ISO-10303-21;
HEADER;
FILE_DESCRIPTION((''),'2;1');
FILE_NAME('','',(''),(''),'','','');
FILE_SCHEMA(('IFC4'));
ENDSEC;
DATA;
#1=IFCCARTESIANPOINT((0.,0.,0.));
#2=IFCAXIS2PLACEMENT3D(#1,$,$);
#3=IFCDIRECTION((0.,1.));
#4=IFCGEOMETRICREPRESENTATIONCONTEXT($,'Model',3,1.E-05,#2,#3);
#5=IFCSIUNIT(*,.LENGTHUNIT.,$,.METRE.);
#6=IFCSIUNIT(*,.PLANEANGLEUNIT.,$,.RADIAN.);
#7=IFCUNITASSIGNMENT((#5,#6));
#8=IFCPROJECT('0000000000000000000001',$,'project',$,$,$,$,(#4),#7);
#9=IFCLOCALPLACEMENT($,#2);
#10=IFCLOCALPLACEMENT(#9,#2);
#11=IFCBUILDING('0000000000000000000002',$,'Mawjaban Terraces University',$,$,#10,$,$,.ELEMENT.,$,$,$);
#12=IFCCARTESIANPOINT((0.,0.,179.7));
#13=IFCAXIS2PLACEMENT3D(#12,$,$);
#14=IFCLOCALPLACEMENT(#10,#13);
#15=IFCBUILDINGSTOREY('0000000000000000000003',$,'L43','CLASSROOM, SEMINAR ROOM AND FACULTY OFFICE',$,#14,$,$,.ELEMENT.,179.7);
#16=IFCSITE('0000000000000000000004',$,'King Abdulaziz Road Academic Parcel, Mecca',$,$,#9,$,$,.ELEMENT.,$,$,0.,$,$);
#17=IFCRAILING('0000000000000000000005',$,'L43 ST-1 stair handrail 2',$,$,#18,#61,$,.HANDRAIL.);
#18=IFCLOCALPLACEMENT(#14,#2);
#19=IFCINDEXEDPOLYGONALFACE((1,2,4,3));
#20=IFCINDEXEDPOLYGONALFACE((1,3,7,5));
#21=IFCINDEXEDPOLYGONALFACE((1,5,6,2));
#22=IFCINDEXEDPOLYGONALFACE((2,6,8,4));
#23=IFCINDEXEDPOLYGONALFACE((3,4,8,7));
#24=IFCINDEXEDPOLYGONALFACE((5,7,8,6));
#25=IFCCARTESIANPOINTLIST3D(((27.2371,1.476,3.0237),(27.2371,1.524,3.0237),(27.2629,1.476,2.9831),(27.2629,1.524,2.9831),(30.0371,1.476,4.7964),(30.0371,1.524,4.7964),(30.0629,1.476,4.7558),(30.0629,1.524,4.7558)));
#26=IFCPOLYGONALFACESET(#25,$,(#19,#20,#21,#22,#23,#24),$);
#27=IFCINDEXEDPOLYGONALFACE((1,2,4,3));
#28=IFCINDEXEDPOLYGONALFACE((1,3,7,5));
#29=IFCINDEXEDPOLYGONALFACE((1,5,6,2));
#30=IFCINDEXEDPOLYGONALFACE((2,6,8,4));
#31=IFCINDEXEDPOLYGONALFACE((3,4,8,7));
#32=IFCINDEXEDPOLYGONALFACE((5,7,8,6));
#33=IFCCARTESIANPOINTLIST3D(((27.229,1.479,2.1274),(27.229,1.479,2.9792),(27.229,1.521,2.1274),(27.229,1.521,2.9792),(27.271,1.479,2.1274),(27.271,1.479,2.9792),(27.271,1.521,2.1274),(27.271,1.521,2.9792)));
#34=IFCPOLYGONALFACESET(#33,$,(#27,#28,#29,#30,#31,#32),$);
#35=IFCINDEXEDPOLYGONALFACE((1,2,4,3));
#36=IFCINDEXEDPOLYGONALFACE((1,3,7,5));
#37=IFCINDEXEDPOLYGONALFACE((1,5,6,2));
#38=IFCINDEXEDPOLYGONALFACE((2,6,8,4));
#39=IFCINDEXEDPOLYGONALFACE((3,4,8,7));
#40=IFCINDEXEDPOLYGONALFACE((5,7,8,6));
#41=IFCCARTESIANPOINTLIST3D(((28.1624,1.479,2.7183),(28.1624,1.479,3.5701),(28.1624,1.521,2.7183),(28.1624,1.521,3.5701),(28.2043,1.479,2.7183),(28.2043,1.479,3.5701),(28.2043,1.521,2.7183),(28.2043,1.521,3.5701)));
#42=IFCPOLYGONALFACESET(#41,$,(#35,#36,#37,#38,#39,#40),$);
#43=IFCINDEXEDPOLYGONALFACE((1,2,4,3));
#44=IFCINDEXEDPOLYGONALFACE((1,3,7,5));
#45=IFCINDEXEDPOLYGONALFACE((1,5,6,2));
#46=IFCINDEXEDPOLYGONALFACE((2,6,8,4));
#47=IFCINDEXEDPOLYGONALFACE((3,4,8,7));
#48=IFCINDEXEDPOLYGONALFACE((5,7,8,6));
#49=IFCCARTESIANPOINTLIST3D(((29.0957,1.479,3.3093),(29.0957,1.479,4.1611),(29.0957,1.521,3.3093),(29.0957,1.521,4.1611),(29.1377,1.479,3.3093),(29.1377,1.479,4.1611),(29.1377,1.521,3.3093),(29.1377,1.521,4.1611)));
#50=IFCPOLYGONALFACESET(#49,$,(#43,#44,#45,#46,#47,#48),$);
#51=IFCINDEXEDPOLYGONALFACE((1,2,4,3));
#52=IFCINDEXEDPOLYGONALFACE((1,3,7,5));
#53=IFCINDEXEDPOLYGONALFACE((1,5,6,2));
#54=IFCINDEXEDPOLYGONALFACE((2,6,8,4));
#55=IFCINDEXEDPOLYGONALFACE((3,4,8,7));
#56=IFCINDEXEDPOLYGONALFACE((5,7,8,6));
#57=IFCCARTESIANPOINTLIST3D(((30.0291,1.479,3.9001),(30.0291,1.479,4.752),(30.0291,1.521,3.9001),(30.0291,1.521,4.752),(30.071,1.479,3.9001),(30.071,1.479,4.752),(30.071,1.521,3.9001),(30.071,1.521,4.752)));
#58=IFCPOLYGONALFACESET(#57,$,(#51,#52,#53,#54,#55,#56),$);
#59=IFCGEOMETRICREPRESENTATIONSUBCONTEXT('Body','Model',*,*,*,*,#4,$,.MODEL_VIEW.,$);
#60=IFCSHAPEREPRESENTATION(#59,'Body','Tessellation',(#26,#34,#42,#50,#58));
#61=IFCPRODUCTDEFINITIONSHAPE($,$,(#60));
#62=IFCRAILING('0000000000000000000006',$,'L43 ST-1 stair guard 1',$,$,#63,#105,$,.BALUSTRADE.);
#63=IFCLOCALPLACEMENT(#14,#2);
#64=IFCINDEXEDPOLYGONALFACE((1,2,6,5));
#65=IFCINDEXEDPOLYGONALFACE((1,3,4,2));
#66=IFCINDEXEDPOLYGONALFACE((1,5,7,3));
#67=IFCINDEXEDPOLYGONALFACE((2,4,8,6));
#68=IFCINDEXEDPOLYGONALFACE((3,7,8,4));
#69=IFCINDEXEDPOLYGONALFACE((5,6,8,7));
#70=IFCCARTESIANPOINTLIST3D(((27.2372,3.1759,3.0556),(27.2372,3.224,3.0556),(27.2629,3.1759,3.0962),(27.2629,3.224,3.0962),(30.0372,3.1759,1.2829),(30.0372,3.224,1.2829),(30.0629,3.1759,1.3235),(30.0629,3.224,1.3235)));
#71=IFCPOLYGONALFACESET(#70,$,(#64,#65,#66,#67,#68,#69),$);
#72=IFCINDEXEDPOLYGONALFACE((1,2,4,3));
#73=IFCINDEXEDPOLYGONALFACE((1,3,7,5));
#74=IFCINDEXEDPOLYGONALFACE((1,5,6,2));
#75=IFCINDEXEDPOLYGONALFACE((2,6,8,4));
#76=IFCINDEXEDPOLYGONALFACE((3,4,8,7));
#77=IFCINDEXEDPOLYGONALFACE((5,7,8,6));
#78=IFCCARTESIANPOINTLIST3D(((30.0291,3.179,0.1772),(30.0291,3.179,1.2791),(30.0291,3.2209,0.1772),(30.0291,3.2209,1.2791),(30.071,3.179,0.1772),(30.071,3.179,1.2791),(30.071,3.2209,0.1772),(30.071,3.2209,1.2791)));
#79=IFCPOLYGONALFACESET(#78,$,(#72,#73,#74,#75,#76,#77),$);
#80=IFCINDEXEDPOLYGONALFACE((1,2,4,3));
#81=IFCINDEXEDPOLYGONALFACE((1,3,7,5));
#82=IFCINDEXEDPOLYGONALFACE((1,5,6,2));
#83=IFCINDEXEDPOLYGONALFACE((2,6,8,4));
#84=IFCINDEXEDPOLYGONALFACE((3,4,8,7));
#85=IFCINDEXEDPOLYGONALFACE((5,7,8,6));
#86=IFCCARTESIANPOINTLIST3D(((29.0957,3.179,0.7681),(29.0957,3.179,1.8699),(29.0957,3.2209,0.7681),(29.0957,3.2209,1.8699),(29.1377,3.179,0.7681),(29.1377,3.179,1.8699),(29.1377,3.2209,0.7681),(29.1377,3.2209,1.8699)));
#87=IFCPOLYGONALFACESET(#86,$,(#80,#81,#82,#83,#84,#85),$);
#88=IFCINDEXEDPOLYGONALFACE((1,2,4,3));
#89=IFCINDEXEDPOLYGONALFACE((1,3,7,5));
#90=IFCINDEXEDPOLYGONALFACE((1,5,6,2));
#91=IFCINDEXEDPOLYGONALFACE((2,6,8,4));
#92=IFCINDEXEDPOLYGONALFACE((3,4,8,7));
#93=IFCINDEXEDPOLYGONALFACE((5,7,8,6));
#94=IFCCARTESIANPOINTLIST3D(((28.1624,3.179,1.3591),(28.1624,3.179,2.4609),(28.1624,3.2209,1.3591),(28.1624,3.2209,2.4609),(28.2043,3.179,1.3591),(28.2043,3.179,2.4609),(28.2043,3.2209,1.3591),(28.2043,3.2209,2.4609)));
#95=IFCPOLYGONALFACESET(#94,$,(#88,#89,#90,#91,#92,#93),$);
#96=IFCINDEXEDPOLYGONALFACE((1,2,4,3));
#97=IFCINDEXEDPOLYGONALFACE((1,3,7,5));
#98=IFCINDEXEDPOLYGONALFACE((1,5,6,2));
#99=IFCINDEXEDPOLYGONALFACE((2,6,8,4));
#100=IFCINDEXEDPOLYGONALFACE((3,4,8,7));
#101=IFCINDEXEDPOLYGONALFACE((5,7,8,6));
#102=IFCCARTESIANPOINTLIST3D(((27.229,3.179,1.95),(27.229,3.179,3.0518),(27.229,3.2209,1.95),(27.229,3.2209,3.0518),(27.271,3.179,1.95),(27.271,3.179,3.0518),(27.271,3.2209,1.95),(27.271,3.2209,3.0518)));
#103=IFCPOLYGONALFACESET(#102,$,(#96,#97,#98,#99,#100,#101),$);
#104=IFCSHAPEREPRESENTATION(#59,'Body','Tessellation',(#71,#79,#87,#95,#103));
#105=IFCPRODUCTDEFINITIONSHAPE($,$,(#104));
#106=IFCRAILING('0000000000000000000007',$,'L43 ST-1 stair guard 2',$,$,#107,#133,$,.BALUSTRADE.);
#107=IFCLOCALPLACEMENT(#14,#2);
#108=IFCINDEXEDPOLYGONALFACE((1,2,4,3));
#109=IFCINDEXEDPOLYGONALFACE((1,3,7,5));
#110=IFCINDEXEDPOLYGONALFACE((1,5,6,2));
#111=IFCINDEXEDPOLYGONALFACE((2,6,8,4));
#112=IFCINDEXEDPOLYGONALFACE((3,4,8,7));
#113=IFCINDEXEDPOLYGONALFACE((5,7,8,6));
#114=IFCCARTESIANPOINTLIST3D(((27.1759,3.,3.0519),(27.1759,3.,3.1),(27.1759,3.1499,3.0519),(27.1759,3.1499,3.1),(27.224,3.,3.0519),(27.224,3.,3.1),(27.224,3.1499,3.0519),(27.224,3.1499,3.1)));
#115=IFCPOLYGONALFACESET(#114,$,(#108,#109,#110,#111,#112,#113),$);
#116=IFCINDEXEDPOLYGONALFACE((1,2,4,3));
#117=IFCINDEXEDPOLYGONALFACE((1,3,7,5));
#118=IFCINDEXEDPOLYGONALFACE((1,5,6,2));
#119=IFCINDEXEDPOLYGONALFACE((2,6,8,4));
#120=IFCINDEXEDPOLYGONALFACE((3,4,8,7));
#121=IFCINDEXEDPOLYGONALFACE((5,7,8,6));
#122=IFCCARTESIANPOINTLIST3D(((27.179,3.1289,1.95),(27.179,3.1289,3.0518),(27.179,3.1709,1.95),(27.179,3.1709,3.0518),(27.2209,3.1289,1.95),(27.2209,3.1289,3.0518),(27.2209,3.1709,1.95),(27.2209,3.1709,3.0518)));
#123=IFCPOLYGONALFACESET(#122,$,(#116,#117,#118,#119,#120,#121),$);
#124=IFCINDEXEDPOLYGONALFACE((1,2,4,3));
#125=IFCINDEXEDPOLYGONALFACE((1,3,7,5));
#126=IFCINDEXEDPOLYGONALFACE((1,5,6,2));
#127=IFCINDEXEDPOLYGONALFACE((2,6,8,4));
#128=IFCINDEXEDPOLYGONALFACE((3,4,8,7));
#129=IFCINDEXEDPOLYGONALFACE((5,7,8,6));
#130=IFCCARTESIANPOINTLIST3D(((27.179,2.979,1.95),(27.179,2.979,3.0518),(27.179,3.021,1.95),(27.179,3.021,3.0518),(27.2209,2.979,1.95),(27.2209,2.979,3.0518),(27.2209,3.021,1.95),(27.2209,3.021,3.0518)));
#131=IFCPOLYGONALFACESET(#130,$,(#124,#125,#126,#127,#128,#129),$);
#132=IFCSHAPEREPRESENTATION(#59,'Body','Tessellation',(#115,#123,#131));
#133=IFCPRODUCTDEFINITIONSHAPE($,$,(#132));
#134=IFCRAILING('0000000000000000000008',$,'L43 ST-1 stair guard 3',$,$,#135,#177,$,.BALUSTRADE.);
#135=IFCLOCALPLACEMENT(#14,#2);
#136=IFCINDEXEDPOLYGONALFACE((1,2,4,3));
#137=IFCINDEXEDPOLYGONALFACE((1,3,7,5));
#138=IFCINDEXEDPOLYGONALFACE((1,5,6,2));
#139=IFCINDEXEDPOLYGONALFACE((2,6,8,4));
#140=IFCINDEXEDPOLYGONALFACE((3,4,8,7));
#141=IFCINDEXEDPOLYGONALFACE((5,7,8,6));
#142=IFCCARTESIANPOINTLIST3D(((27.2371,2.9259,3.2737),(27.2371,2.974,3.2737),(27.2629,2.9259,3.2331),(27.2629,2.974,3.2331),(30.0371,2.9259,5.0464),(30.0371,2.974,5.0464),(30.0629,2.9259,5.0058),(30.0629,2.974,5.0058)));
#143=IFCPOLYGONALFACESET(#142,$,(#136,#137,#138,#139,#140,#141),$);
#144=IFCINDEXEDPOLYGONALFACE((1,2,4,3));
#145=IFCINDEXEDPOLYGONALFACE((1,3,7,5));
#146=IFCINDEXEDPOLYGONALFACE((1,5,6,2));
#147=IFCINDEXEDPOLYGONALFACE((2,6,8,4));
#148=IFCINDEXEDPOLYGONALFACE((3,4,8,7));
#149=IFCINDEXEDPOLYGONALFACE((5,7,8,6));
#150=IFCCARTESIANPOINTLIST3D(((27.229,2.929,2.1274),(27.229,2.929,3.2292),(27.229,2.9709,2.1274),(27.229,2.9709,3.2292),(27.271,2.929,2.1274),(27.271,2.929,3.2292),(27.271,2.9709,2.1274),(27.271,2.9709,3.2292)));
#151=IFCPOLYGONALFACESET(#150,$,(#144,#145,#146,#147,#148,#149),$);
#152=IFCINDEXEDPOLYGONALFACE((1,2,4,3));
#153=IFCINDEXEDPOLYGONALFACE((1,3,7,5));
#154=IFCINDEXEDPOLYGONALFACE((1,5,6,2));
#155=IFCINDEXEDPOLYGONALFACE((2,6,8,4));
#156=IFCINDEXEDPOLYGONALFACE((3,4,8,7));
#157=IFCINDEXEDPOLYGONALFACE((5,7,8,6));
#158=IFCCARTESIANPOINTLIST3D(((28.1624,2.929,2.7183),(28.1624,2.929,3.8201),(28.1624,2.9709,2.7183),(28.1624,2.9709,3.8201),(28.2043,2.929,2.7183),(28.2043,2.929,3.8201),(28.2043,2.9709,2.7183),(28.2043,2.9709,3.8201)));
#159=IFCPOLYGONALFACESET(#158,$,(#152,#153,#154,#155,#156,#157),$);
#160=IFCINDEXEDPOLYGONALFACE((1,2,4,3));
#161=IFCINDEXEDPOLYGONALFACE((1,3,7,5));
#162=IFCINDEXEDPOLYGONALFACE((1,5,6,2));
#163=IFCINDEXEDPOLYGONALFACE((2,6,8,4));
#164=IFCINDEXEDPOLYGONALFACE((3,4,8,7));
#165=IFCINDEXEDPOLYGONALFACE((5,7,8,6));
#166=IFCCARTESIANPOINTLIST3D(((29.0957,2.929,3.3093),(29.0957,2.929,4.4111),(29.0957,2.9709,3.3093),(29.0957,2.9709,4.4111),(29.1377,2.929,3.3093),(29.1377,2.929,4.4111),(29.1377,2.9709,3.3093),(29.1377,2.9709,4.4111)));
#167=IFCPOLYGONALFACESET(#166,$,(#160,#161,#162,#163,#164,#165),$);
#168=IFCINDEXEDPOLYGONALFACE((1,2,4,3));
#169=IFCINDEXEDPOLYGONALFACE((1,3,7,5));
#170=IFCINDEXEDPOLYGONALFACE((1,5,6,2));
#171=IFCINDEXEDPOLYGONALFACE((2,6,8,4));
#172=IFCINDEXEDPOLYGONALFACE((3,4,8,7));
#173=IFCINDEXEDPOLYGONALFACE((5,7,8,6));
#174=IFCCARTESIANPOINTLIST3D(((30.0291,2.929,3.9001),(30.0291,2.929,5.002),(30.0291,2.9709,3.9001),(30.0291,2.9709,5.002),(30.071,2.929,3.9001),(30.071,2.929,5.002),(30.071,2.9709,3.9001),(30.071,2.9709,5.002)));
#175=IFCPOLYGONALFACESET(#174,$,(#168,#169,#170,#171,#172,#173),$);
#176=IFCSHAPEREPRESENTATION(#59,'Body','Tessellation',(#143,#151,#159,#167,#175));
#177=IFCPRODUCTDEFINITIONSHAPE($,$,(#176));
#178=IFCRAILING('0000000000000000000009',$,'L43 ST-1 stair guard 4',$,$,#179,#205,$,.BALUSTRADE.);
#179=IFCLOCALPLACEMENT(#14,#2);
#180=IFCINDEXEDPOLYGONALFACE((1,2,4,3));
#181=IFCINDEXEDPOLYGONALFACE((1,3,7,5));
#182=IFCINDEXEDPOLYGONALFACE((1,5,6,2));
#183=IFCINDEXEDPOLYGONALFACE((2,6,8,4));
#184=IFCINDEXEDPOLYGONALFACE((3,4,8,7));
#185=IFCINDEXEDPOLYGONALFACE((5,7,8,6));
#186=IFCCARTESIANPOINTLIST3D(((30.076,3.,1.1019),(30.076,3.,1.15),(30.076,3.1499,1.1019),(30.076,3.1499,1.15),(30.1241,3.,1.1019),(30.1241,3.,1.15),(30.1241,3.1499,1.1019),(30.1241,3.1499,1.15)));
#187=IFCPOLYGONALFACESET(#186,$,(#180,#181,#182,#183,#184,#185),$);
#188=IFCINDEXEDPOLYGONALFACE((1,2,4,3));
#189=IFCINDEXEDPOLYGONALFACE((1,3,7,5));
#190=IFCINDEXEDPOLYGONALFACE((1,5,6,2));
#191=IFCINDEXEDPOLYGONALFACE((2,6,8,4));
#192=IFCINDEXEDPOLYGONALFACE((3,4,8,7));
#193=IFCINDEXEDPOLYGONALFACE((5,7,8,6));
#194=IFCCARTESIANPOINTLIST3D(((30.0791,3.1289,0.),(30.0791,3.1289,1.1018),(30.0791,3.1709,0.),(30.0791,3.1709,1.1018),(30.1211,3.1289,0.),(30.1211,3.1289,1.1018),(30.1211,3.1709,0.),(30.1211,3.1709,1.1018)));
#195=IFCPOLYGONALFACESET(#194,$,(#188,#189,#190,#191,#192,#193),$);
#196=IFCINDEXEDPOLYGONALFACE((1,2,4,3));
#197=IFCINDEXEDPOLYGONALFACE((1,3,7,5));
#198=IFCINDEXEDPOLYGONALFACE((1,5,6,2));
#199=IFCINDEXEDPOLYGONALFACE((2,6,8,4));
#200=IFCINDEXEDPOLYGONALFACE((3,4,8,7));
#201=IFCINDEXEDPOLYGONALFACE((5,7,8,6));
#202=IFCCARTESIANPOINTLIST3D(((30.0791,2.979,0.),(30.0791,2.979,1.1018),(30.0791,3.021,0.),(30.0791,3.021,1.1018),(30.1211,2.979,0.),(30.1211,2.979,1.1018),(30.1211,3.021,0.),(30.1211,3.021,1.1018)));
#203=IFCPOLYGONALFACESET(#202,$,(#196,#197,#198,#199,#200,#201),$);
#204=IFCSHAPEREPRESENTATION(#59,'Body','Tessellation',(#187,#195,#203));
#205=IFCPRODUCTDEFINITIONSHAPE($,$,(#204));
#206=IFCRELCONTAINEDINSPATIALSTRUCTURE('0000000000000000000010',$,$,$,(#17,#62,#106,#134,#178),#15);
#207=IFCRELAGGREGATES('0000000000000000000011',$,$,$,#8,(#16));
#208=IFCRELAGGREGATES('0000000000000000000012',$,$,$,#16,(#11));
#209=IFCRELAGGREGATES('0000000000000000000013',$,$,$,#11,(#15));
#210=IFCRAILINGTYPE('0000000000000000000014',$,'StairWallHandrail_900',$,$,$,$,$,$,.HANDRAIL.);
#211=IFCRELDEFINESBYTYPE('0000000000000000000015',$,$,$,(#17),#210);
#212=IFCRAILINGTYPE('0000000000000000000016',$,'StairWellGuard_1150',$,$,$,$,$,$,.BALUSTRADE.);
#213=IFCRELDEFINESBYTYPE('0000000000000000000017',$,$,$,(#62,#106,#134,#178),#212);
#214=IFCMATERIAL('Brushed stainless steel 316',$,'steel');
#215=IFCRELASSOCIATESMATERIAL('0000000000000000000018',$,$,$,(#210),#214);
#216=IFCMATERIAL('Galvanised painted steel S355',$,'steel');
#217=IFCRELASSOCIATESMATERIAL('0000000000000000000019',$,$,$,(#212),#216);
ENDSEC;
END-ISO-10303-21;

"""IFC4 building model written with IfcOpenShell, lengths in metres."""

from ifc_helpers import new_model, si_unit, direction, frame, origin, origin_2d, place, context, subcontext, project, spatial, rectangle, extrude, material, type_object, element, save


model = new_model("IFC4")

# Units and contexts
model_context = context("Model", 3, precision=1e-05, world=origin(), true_north=direction((0.0, 1.0)))
body_context = subcontext(model_context, "Body", "Model", "MODEL_VIEW")
ifc_project = project(units=[si_unit("LENGTHUNIT", "METRE"), si_unit("PLANEANGLEUNIT", "RADIAN")], contexts=[model_context])

# Site, building, storey
site_placement = place(None, origin())
site = spatial("IfcSite", under=ifc_project, at=site_placement, Name="King Abdulaziz Road Academic Parcel, Mecca", CompositionType="ELEMENT", RefElevation=0.0)
building_placement = place(site_placement, origin())
building = spatial("IfcBuilding", under=site, at=building_placement, Name="Mawjaban Terraces University", CompositionType="ELEMENT")
storey_placement = place(building_placement, frame((0.0, 0.0, 179.7)))
storey = spatial("IfcBuildingStorey", under=building, at=storey_placement, Name="L43", Description="CLASSROOM, SEMINAR ROOM AND FACULTY OFFICE", CompositionType="ELEMENT", Elevation=179.7)

# Railings
ifc_material_1 = material(Name="Brushed stainless steel 316", Category="steel")
railing_type_1 = type_object("IfcRailingType", Name="StairWallHandrail_900", PredefinedType="HANDRAIL", material=ifc_material_1)
railing_1_placement = place(storey_placement, frame((27.25, 1.5, 2.1274)))
element("IfcRailing", 1, at=railing_1_placement, inside=storey, type_object=railing_type_1, Name="L43 ST-1 stair handrail 2", PredefinedType="HANDRAIL", context=body_context, shape_type="SweptSolid", body=[
    extrude(rectangle(XDim=0.0481, YDim=0.0481, at=origin_2d()), frame((0.0, 0.0, 0.876), z_axis=(0.844909, 0.0, 0.53491), x_axis=(0.0, 1.0, 0.0)), (0.0, 0.0, 1.0), 3.314),
    extrude(rectangle(XDim=0.042, YDim=0.042, at=origin_2d()), origin(), (0.0, 0.0, 1.0), 0.8518),
    extrude(rectangle(XDim=0.042, YDim=0.042, at=origin_2d()), frame((0.9333, 0.0, 0.5908)), (0.0, 0.0, 1.0), 0.8518),
    extrude(rectangle(XDim=0.042, YDim=0.042, at=origin_2d()), frame((1.8667, 0.0, 1.1819)), (0.0, 0.0, 1.0), 0.8518),
    extrude(rectangle(XDim=0.042, YDim=0.042, at=origin_2d()), frame((2.8, 0.0, 1.7727)), (0.0, 0.0, 1.0), 0.8518),
])
ifc_material_2 = material(Name="Galvanised painted steel S355", Category="steel")
railing_type_2 = type_object("IfcRailingType", Name="StairWellGuard_1150", PredefinedType="BALUSTRADE", material=ifc_material_2)
railing_2_placement = place(storey_placement, frame((30.05, 3.2, 0.1772)))
element("IfcRailing", 2, at=railing_2_placement, inside=storey, type_object=railing_type_2, Name="L43 ST-1 stair guard 1", PredefinedType="BALUSTRADE", context=body_context, shape_type="SweptSolid", body=[
    extrude(rectangle(XDim=0.0481, YDim=0.0481, at=origin_2d()), frame((0.0, 0.0, 1.126), z_axis=(-0.844909, 0.0, 0.53491), x_axis=(0.0, -1.0, 0.0)), (0.0, 0.0, 1.0), 3.314),
    extrude(rectangle(XDim=0.042, YDim=0.042, at=origin_2d()), origin(), (0.0, 0.0, 1.0), 1.1018),
    extrude(rectangle(XDim=0.042, YDim=0.042, at=origin_2d()), frame((-0.9333, 0.0, 0.5908)), (0.0, 0.0, 1.0), 1.1018),
    extrude(rectangle(XDim=0.042, YDim=0.042, at=origin_2d()), frame((-1.8667, 0.0, 1.1819)), (0.0, 0.0, 1.0), 1.1018),
    extrude(rectangle(XDim=0.042, YDim=0.042, at=origin_2d()), frame((-2.8, 0.0, 1.7727)), (0.0, 0.0, 1.0), 1.1018),
])
railing_3_placement = place(storey_placement, frame((27.2, 3.1499, 1.95)))
element("IfcRailing", 3, at=railing_3_placement, inside=storey, type_object=railing_type_2, Name="L43 ST-1 stair guard 2", PredefinedType="BALUSTRADE", context=body_context, shape_type="SweptSolid", body=[
    extrude(rectangle(XDim=0.0481, YDim=0.0481, at=origin_2d()), frame((0.0, 0.0, 1.126), z_axis=(0.0, -1.0, 0.0), x_axis=(1.0, 0.0, 0.0)), (0.0, 0.0, 1.0), 0.1499),
    extrude(rectangle(XDim=0.042, YDim=0.042, at=origin_2d()), origin(), (0.0, 0.0, 1.0), 1.1018),
    extrude(rectangle(XDim=0.042, YDim=0.042, at=origin_2d()), frame((0.0, -0.1499, 0.0)), (0.0, 0.0, 1.0), 1.1018),
])
railing_4_placement = place(storey_placement, frame((27.25, 2.95, 2.1274)))
element("IfcRailing", 4, at=railing_4_placement, inside=storey, type_object=railing_type_2, Name="L43 ST-1 stair guard 3", PredefinedType="BALUSTRADE", context=body_context, shape_type="SweptSolid", body=[
    extrude(rectangle(XDim=0.0481, YDim=0.0481, at=origin_2d()), frame((0.0, 0.0, 1.126), z_axis=(0.844909, 0.0, 0.53491), x_axis=(0.0, 1.0, 0.0)), (0.0, 0.0, 1.0), 3.314),
    extrude(rectangle(XDim=0.042, YDim=0.042, at=origin_2d()), origin(), (0.0, 0.0, 1.0), 1.1018),
    extrude(rectangle(XDim=0.042, YDim=0.042, at=origin_2d()), frame((0.9333, 0.0, 0.5908)), (0.0, 0.0, 1.0), 1.1018),
    extrude(rectangle(XDim=0.042, YDim=0.042, at=origin_2d()), frame((1.8667, 0.0, 1.1819)), (0.0, 0.0, 1.0), 1.1018),
    extrude(rectangle(XDim=0.042, YDim=0.042, at=origin_2d()), frame((2.8, 0.0, 1.7727)), (0.0, 0.0, 1.0), 1.1018),
])
railing_5_placement = place(storey_placement, frame((30.1001, 3.1499, 0.0)))
element("IfcRailing", 5, at=railing_5_placement, inside=storey, type_object=railing_type_2, Name="L43 ST-1 stair guard 4", PredefinedType="BALUSTRADE", context=body_context, shape_type="SweptSolid", body=[
    extrude(rectangle(XDim=0.0481, YDim=0.0481, at=origin_2d()), frame((0.0, 0.0, 1.126), z_axis=(0.0, -1.0, 0.0), x_axis=(1.0, 0.0, 0.0)), (0.0, 0.0, 1.0), 0.1499),
    extrude(rectangle(XDim=0.042, YDim=0.042, at=origin_2d()), origin(), (0.0, 0.0, 1.0), 1.1018),
    extrude(rectangle(XDim=0.042, YDim=0.042, at=origin_2d()), frame((0.0, -0.1499, 0.0)), (0.0, 0.0, 1.0), 1.1018),
])

save(model, "model.ifc")
